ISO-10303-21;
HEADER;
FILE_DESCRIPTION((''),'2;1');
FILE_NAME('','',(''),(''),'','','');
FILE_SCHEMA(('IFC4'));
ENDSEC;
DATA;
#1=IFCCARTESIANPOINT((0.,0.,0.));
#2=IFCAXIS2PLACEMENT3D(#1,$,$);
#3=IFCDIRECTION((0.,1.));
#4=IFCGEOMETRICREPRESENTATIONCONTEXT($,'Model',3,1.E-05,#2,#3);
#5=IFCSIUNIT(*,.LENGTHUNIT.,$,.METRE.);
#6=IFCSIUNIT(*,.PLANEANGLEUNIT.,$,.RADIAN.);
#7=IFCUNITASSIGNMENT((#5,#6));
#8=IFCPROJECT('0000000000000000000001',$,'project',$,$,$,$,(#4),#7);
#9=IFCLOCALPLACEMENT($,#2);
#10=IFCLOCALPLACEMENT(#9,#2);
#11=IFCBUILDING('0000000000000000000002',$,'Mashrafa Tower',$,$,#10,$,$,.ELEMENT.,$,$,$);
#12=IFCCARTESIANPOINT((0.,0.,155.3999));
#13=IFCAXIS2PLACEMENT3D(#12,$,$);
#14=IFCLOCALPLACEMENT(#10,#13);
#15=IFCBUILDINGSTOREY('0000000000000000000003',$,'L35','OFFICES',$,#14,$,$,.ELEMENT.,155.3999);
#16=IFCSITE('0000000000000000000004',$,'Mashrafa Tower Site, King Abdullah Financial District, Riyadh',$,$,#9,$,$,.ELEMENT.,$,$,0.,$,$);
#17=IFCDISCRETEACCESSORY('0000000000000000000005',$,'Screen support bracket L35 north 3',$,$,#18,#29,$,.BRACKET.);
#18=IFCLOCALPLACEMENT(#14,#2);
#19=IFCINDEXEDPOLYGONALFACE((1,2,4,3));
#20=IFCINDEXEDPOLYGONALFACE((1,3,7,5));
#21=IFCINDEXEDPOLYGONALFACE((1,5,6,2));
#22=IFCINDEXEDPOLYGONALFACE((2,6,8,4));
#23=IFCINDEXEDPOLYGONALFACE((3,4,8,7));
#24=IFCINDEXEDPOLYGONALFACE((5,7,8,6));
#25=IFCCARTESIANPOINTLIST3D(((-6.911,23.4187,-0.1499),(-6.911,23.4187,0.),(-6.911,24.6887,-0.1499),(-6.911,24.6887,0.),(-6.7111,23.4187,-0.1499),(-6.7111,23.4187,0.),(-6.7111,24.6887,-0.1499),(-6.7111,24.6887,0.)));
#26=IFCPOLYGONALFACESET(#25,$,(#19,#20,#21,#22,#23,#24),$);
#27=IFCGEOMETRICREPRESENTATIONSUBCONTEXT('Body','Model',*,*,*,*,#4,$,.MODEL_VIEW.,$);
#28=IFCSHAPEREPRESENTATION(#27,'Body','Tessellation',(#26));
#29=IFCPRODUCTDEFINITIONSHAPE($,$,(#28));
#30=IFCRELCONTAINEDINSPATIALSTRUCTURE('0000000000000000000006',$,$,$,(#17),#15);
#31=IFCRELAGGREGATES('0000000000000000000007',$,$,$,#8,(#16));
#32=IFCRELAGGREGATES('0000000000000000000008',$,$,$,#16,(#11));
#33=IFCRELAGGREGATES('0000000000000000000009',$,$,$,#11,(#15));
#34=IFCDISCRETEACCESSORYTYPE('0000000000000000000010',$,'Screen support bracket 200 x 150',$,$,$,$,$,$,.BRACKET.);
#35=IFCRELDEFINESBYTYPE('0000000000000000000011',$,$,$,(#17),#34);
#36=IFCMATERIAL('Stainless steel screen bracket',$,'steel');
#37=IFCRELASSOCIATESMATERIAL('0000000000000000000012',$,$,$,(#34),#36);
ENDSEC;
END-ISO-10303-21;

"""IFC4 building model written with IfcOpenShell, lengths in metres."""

from ifc_helpers import new_model, si_unit, direction, frame, origin, origin_2d, place, context, subcontext, project, spatial, rectangle, extrude, source, transform, mapped, material, type_object, type_shapes, element, save


model = new_model("IFC4")

# Units and contexts
model_context = context("Model", 3, precision=1e-05, world=origin(), true_north=direction((0.0, 1.0)))
body_context = subcontext(model_context, "Body", "Model", "MODEL_VIEW")
ifc_project = project(units=[si_unit("LENGTHUNIT", "METRE"), si_unit("PLANEANGLEUNIT", "RADIAN")], contexts=[model_context])

# Site, building, storey
site_placement = place(None, origin())
site = spatial("IfcSite", under=ifc_project, at=site_placement, Name="Mashrafa Tower Site, King Abdullah Financial District, Riyadh", CompositionType="ELEMENT", RefElevation=0.0)
building_placement = place(site_placement, origin())
building = spatial("IfcBuilding", under=site, at=building_placement, Name="Mashrafa Tower", CompositionType="ELEMENT")
storey_placement = place(building_placement, frame((0.0, 0.0, 155.3999)))
storey = spatial("IfcBuildingStorey", under=building, at=storey_placement, Name="L35", Description="OFFICES", CompositionType="ELEMENT", Elevation=155.3999)

# Discrete accessory
ifc_material_1 = material(Name="Stainless steel screen bracket", Category="steel")
discrete_accessory_type = type_object("IfcDiscreteAccessoryType", Name="Screen support bracket 200 x 150", PredefinedType="BRACKET", material=ifc_material_1)
shared_shape_1 = source(origin(), body_context, "Body", "SweptSolid", [
    extrude(rectangle(XDim=0.2, YDim=1.27, at=origin_2d()), origin(), (0.0, 0.0, 1.0), 0.1499),
])
type_shapes(discrete_accessory_type, [shared_shape_1])
discrete_accessory_placement = place(storey_placement, frame((-6.811, 24.0537, -0.1499), z_axis=(0.0, 0.0, 1.0), x_axis=(-1.0, 0.0, 0.0)))
element("IfcDiscreteAccessory", 1, at=discrete_accessory_placement, inside=storey, type_object=discrete_accessory_type, Name="Screen support bracket L35 north 3", PredefinedType="BRACKET", context=body_context, shape_type="MappedRepresentation", body=[
    mapped(shared_shape_1, transform((0.0, 0.0, 0.0))),
])

save(model, "model.ifc")
